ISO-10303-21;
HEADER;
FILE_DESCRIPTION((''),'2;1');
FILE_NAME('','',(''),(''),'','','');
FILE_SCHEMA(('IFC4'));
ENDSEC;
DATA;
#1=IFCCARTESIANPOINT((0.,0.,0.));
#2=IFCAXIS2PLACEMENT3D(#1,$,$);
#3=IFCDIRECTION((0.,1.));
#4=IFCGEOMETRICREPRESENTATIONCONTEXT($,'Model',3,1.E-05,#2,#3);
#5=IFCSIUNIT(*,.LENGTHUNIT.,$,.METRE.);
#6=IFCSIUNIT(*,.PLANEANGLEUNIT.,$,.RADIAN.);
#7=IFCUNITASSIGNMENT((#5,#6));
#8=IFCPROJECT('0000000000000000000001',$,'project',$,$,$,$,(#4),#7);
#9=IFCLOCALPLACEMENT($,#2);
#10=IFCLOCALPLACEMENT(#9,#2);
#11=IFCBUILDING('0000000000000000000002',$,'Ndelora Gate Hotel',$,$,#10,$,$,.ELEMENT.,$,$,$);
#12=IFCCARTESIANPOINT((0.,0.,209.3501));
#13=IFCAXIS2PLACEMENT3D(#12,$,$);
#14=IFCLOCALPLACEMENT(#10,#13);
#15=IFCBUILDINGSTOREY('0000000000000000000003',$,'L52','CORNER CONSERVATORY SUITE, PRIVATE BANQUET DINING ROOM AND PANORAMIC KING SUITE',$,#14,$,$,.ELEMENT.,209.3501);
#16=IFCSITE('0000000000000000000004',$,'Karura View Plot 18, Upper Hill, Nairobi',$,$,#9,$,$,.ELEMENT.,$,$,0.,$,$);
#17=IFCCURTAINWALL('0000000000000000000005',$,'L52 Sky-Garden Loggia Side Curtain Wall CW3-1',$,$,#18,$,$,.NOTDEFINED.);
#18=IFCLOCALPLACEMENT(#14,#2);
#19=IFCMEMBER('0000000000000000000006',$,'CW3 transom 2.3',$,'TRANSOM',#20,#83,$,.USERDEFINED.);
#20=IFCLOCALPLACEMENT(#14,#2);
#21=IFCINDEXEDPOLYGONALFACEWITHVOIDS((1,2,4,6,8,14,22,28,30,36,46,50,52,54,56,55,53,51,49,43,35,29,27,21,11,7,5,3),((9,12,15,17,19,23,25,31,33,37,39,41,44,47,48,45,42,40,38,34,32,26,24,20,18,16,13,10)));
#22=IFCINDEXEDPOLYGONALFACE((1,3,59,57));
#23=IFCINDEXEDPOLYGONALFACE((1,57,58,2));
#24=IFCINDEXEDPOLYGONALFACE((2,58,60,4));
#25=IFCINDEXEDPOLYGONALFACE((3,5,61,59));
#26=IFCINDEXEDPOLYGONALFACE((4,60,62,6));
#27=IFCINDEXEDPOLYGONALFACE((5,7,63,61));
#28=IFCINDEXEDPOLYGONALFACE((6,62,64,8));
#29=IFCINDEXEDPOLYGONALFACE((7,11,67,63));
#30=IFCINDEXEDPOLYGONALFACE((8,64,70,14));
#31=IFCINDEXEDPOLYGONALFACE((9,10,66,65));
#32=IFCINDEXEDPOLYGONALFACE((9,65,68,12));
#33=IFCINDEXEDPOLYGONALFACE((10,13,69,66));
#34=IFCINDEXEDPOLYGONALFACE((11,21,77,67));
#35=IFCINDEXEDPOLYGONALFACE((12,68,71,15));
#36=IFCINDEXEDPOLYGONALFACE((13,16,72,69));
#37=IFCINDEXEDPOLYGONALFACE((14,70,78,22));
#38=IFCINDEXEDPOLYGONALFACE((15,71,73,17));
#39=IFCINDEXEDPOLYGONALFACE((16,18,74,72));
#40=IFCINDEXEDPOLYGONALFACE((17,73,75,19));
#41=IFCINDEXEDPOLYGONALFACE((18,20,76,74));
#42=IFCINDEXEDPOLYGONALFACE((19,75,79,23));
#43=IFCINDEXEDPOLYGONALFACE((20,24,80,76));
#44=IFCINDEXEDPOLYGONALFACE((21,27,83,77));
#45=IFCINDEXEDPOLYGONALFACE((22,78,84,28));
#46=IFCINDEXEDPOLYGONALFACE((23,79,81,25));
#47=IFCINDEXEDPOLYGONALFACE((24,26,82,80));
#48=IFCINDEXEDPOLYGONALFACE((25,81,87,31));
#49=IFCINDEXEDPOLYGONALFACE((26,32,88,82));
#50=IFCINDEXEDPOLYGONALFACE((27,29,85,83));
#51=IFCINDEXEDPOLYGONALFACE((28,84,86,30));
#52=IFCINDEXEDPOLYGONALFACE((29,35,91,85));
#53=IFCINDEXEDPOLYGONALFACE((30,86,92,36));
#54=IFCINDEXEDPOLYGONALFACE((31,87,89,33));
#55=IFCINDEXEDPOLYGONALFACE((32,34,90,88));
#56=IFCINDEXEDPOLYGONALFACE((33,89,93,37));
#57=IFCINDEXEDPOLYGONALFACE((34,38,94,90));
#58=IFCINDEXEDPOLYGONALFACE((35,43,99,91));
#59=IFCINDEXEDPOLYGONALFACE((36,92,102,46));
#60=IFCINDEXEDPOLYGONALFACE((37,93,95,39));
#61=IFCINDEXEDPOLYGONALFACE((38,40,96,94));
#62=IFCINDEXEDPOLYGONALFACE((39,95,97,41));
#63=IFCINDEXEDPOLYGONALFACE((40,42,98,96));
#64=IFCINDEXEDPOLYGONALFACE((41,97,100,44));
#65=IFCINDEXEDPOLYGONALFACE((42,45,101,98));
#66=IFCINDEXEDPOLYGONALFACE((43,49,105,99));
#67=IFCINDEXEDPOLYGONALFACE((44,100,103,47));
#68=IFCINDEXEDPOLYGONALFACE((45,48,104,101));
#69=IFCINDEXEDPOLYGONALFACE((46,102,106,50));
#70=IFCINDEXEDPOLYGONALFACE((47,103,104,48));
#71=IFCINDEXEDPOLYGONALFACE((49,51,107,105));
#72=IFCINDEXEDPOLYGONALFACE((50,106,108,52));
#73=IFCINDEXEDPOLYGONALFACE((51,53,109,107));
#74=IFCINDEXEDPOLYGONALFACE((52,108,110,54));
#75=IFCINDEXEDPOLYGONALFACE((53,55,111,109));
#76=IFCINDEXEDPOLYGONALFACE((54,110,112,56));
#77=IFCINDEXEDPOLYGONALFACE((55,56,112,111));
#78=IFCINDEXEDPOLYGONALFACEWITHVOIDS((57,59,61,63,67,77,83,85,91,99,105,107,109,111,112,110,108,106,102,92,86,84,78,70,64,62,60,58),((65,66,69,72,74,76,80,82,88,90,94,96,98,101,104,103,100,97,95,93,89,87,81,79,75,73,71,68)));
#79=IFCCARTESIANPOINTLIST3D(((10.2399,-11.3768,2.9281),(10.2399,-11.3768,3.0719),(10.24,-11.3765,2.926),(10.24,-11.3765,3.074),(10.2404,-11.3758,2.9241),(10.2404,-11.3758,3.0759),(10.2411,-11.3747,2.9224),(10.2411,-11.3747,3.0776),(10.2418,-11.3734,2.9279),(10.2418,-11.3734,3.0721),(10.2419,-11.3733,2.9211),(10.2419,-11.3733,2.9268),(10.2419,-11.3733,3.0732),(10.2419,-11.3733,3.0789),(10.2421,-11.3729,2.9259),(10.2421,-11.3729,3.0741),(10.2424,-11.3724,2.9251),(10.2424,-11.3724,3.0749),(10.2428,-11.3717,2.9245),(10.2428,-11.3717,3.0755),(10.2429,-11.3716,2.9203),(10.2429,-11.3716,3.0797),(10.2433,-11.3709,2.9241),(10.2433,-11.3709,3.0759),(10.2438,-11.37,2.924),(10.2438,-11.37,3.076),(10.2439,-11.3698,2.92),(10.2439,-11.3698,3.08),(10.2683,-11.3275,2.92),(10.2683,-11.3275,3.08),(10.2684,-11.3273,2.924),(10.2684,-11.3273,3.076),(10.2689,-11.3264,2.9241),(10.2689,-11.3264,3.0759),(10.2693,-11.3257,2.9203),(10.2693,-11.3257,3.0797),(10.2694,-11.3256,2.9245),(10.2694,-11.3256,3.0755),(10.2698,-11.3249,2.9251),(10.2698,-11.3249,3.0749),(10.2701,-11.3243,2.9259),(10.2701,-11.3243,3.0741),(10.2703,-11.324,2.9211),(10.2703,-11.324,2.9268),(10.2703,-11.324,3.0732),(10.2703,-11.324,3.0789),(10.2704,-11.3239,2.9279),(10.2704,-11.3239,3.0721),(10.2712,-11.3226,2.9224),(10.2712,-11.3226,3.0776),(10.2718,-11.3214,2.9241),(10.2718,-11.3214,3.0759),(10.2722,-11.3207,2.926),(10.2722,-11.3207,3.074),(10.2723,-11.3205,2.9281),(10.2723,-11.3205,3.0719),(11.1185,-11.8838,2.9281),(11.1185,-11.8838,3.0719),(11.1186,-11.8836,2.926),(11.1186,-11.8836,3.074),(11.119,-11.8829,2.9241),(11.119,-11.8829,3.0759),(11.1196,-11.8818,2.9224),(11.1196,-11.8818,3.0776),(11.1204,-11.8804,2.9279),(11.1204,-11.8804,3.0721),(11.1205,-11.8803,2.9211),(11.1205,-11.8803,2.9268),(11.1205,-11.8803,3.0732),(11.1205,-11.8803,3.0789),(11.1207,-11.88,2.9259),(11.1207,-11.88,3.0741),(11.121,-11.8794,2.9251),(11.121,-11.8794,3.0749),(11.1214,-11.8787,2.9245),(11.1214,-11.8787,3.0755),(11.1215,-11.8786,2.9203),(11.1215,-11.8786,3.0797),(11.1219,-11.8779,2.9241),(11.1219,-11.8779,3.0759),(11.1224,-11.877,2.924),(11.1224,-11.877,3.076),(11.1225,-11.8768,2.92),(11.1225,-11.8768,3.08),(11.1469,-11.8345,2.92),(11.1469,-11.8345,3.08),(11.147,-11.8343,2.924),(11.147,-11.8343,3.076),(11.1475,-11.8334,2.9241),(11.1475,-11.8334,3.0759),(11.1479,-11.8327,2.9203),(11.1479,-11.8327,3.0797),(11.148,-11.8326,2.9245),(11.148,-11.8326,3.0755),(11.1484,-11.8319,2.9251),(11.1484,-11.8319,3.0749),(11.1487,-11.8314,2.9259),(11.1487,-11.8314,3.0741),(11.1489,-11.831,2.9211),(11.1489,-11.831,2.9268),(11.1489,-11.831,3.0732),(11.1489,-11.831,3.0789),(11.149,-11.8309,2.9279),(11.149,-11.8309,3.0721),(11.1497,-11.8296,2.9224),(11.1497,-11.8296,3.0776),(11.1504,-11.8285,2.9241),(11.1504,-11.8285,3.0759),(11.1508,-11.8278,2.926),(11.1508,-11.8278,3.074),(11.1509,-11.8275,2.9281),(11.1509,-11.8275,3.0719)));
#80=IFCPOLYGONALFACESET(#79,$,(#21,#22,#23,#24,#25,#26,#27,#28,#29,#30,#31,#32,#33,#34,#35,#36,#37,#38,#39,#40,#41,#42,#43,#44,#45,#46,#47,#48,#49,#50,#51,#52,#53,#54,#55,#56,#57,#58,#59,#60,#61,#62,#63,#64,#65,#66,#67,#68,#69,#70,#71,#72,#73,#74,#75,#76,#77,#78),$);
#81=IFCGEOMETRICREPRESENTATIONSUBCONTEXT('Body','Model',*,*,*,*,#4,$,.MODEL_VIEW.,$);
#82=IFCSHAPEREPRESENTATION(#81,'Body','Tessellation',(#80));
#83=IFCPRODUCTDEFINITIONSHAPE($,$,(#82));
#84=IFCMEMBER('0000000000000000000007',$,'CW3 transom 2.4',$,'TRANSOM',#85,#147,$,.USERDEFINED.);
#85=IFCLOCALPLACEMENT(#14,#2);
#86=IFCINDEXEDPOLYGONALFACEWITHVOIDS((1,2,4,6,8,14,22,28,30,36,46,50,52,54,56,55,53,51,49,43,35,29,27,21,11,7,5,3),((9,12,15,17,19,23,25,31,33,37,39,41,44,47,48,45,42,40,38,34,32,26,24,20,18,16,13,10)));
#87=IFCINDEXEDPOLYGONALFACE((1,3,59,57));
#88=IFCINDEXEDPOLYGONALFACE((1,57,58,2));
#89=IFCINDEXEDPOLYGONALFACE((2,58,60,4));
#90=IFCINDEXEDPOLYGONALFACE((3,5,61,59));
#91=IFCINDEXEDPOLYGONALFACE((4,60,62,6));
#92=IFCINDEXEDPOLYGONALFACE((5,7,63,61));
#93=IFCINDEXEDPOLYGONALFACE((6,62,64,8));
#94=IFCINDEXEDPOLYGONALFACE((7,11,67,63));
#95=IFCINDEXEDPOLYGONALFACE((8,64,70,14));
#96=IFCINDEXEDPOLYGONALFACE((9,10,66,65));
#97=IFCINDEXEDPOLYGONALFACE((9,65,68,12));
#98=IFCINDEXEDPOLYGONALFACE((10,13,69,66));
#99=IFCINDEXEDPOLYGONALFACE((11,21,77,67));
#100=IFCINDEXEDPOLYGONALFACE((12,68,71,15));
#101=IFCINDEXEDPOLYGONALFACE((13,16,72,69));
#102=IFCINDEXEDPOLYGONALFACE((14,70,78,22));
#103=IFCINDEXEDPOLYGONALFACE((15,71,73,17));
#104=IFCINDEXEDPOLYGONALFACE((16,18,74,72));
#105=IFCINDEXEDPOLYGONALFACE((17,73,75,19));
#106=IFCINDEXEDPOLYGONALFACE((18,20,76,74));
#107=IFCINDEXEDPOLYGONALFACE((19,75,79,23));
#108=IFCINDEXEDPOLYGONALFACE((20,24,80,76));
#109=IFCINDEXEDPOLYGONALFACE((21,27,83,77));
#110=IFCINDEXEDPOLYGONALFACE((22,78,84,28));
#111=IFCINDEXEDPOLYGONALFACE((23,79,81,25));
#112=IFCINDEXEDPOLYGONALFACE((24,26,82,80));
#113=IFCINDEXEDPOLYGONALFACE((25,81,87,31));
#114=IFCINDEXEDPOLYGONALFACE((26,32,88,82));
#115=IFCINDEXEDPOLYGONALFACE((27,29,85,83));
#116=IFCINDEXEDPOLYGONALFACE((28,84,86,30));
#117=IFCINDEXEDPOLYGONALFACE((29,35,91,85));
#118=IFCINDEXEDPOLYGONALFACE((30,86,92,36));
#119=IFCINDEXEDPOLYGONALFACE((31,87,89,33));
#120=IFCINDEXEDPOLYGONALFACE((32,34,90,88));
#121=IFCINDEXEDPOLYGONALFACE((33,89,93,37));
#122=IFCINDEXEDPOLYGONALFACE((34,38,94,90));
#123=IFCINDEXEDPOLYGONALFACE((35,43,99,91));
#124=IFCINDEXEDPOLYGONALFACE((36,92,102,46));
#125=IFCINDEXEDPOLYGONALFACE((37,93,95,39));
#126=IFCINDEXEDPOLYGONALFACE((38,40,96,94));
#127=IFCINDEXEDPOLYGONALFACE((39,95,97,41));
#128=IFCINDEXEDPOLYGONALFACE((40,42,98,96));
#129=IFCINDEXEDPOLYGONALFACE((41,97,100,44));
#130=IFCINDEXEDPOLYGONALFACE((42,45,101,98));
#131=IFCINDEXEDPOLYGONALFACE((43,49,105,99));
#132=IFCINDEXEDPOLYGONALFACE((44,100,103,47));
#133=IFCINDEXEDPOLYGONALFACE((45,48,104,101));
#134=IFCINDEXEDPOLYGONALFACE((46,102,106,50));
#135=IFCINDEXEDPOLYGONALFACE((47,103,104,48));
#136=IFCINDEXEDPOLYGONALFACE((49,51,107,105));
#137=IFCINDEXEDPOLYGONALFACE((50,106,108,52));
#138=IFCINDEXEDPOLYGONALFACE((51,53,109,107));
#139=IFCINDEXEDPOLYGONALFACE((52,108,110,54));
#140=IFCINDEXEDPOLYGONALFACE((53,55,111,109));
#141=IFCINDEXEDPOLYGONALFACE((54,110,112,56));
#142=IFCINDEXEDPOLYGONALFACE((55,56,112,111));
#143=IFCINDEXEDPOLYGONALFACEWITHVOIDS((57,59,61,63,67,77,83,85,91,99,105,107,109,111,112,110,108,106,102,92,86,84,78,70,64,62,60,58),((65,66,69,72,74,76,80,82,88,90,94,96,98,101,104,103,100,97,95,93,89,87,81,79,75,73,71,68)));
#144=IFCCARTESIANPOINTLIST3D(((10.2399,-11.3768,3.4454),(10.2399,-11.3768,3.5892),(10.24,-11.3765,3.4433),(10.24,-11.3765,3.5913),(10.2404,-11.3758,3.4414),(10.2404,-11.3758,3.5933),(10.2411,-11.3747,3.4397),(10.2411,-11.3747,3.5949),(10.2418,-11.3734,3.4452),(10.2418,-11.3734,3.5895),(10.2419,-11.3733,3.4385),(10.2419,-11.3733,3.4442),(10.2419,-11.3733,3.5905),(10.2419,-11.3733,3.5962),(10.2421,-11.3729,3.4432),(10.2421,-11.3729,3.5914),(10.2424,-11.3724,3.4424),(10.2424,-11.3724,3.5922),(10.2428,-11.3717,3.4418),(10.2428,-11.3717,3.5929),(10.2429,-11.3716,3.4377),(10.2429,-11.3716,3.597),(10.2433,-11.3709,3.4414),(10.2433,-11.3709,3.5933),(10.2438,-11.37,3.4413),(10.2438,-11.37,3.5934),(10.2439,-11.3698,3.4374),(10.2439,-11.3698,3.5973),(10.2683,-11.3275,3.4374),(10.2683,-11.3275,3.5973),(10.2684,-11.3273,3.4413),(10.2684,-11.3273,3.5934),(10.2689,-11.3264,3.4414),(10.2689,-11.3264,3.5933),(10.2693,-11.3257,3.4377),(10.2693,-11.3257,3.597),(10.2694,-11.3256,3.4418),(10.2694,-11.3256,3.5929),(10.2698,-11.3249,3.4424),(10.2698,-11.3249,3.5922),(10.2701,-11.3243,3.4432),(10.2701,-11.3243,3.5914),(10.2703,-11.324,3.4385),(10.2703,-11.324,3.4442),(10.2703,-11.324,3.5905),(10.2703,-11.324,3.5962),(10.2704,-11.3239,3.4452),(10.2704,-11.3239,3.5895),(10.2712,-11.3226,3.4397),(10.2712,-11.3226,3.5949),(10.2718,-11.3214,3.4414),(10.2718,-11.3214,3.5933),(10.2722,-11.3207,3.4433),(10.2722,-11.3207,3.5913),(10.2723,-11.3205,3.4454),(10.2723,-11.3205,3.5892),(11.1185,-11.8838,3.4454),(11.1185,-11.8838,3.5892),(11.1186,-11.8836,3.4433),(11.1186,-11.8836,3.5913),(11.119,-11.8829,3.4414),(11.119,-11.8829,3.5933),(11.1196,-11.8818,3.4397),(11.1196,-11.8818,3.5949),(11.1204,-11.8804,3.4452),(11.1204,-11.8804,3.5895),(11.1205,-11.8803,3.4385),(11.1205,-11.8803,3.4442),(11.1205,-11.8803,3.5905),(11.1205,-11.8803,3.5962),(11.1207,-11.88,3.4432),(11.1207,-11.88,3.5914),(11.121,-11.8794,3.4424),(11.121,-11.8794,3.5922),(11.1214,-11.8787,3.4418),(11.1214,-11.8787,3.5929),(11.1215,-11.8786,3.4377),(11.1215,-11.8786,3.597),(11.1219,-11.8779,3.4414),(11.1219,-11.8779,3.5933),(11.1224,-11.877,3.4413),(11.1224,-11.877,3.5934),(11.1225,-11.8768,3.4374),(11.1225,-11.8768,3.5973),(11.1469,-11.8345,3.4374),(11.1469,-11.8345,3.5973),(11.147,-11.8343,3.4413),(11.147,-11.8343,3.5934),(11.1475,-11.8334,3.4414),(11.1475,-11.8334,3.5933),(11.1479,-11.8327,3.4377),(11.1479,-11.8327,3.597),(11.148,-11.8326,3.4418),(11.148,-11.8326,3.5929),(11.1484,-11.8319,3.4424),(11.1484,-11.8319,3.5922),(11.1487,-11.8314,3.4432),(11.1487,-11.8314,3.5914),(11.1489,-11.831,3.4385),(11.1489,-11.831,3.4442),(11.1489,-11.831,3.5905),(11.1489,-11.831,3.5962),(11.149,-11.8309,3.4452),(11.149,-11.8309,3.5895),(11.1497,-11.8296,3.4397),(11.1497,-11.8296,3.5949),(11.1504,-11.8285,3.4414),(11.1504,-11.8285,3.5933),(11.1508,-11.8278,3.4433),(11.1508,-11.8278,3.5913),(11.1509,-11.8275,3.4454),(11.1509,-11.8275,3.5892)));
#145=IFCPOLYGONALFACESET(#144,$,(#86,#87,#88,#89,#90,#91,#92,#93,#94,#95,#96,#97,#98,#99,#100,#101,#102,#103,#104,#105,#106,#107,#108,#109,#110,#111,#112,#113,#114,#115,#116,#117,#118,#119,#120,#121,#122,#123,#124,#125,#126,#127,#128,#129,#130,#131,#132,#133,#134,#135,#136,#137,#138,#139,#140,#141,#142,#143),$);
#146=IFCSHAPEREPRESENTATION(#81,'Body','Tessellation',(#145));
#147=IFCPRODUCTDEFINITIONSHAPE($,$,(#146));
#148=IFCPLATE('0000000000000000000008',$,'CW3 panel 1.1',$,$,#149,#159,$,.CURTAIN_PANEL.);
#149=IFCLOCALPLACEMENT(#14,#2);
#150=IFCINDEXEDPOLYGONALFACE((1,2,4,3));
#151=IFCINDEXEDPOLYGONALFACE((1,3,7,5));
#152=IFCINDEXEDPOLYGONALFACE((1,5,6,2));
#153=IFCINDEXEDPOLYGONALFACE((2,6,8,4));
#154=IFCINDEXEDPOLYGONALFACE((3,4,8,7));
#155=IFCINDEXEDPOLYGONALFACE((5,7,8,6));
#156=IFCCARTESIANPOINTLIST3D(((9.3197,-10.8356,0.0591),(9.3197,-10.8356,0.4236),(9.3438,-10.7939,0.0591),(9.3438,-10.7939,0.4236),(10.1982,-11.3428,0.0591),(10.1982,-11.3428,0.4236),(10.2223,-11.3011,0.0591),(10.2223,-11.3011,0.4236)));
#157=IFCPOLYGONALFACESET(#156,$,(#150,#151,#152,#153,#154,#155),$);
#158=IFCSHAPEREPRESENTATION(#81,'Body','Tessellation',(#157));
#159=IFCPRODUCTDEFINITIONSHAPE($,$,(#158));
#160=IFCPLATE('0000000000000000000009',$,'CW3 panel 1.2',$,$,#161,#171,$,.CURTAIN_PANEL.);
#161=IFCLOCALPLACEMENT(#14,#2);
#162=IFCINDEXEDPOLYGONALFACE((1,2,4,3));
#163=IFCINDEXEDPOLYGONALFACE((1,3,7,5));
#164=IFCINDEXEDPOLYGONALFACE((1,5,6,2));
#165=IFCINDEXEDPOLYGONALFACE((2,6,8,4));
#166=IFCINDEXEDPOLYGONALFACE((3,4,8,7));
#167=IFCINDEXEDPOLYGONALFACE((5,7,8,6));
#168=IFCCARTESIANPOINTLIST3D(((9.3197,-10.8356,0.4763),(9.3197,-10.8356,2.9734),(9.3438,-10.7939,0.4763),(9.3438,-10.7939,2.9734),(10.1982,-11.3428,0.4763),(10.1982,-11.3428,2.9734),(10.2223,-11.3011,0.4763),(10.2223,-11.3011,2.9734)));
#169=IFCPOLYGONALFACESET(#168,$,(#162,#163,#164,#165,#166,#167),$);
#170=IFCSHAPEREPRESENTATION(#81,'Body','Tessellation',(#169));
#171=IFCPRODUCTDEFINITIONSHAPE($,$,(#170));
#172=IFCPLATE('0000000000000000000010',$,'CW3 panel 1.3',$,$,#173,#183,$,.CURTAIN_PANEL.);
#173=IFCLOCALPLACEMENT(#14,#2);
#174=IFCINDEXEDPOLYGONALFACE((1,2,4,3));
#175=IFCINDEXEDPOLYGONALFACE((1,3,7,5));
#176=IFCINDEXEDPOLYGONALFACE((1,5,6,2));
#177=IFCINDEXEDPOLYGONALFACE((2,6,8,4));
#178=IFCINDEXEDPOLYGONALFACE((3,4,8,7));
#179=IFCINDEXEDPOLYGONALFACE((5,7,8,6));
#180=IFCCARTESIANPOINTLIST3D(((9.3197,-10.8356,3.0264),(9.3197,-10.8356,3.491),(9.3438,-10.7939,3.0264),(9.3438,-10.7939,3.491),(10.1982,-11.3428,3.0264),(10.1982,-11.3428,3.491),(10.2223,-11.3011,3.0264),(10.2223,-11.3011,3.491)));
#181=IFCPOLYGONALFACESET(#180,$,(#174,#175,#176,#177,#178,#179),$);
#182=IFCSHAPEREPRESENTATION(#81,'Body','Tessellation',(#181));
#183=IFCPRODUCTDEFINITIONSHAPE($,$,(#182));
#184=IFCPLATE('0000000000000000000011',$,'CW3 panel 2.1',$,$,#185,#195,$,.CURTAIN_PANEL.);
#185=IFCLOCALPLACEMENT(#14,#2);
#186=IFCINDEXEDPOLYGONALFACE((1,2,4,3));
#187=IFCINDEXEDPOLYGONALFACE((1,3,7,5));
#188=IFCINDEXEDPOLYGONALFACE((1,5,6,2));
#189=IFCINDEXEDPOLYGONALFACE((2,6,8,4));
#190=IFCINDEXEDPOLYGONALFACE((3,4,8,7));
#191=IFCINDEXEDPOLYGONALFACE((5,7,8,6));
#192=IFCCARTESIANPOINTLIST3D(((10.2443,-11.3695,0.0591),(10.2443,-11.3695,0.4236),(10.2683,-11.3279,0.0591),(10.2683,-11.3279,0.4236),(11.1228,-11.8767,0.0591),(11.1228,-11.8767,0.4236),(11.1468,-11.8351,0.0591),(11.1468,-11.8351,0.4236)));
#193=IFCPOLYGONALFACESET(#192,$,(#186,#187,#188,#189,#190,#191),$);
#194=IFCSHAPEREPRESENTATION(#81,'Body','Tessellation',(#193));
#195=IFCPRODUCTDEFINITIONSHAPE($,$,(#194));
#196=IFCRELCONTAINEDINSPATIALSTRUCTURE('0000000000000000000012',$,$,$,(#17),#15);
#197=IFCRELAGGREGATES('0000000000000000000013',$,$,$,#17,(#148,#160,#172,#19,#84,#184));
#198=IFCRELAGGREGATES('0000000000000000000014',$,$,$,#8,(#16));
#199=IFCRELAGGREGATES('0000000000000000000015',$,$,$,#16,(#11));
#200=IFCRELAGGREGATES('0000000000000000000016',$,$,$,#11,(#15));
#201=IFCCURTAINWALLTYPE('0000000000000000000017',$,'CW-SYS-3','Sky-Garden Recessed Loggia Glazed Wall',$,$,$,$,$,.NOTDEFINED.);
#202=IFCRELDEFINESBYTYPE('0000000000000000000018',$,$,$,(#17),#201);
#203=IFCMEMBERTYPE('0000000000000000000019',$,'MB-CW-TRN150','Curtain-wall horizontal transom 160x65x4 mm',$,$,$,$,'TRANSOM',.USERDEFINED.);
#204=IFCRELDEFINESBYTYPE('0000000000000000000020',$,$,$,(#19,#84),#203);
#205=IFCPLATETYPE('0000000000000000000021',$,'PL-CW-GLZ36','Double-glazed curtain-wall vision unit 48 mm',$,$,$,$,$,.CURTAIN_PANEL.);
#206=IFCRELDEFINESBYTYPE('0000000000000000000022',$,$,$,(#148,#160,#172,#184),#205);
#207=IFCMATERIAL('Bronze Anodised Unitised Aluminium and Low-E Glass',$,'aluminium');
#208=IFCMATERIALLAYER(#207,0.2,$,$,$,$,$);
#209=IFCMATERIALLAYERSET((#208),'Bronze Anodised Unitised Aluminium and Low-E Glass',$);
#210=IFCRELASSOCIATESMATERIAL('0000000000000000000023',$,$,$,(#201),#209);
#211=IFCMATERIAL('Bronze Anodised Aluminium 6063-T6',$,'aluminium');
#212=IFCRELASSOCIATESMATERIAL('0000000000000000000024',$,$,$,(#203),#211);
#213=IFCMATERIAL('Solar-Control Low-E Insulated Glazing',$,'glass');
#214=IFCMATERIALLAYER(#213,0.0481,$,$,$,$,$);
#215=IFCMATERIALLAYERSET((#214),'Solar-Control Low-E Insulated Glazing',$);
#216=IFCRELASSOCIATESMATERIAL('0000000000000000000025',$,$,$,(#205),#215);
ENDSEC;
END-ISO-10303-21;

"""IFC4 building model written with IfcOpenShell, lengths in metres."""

from ifc_helpers import new_model, si_unit, direction, frame, origin, origin_2d, place, context, subcontext, project, spatial, rectangle, hollow_rectangle, extrude, material, layer, layer_set, material_profile, profile_set, type_object, element, aggregate, save


model = new_model("IFC4")

# Units and contexts
model_context = context("Model", 3, precision=1e-05, world=origin(), true_north=direction((0.0, 1.0)))
body_context = subcontext(model_context, "Body", "Model", "MODEL_VIEW")
ifc_project = project(units=[si_unit("LENGTHUNIT", "METRE"), si_unit("PLANEANGLEUNIT", "RADIAN")], contexts=[model_context])

# Site, building, storey
site_placement = place(None, origin())
site = spatial("IfcSite", under=ifc_project, at=site_placement, Name="Karura View Plot 18, Upper Hill, Nairobi", CompositionType="ELEMENT", RefElevation=0.0)
building_placement = place(site_placement, origin())
building = spatial("IfcBuilding", under=site, at=building_placement, Name="Ndelora Gate Hotel", CompositionType="ELEMENT")
storey_placement = place(building_placement, frame((0.0, 0.0, 209.3501)))
storey = spatial("IfcBuildingStorey", under=building, at=storey_placement, Name="L52", Description="CORNER CONSERVATORY SUITE, PRIVATE BANQUET DINING ROOM AND PANORAMIC KING SUITE", CompositionType="ELEMENT", Elevation=209.3501)

# Curtain wall, members, plates
ifc_material_1 = material(Name="Bronze Anodised Unitised Aluminium and Low-E Glass", Category="aluminium")
ifc_layer_1 = layer(ifc_material_1, 0.2)
ifc_layer_set_1 = layer_set([ifc_layer_1], Name="Bronze Anodised Unitised Aluminium and Low-E Glass")
curtain_wall_type = type_object("IfcCurtainWallType", Name="CW-SYS-3", Description="Sky-Garden Recessed Loggia Glazed Wall", PredefinedType="NOTDEFINED", material=ifc_layer_set_1)
curtain_wall_placement = place(storey_placement, origin())
curtain_wall = element("IfcCurtainWall", 1, at=curtain_wall_placement, inside=storey, type_object=curtain_wall_type, Name="L52 Sky-Garden Loggia Side Curtain Wall CW3-1", PredefinedType="NOTDEFINED")
ifc_material_2 = material(Name="Bronze Anodised Aluminium 6063-T6", Category="aluminium")
ifc_material_profile_1 = material_profile(ifc_material_2, hollow_rectangle(XDim=0.0649, YDim=0.1599, WallThickness=0.0039, InnerFilletRadius=0.0039, OuterFilletRadius=0.0081, at=origin_2d()), Name="ALU 160x65x4")
ifc_profile_set_1 = profile_set([ifc_material_profile_1], Name="Bronze Anodised Aluminium 6063-T6")
member_type_1 = type_object("IfcMemberType", Name="MB-CW-TRN150", Description="Curtain-wall horizontal transom 160x65x4 mm", ElementType="TRANSOM", PredefinedType="USERDEFINED", material=ifc_profile_set_1)
member_1_placement = place(storey_placement, frame((10.2561, -11.3486, 3.0), z_axis=(0.866117, -0.499841, 0.0), x_axis=(0.499841, 0.866117, 0.0)))
member_1 = element("IfcMember", 2, at=member_1_placement, type_object=member_type_1, Name="CW3 transom 2.3", ObjectType="TRANSOM", PredefinedType="USERDEFINED", context=body_context, shape_type="SweptSolid", body=[
    extrude(hollow_rectangle(XDim=0.0649, YDim=0.1599, WallThickness=0.0039, InnerFilletRadius=0.0039, OuterFilletRadius=0.0081, at=origin_2d()), origin(), (0.0, 0.0, 1.0), 1.0144),
])
member_2_placement = place(storey_placement, frame((10.2561, -11.3486, 3.5173), z_axis=(0.866117, -0.499841, 0.0), x_axis=(0.499841, 0.866117, 0.0)))
member_2 = element("IfcMember", 3, at=member_2_placement, type_object=member_type_1, Name="CW3 transom 2.4", ObjectType="TRANSOM", PredefinedType="USERDEFINED", context=body_context, shape_type="SweptSolid", body=[
    extrude(hollow_rectangle(XDim=0.0649, YDim=0.1599, WallThickness=0.0039, InnerFilletRadius=0.0039, OuterFilletRadius=0.0081, at=origin_2d()), origin(), (0.0, 0.0, 1.0), 1.0144),
])
ifc_material_3 = material(Name="Solar-Control Low-E Insulated Glazing", Category="glass")
ifc_layer_2 = layer(ifc_material_3, 0.0481)
ifc_layer_set_2 = layer_set([ifc_layer_2], Name="Solar-Control Low-E Insulated Glazing")
plate_type = type_object("IfcPlateType", Name="PL-CW-GLZ36", Description="Double-glazed curtain-wall vision unit 48 mm", PredefinedType="CURTAIN_PANEL", material=ifc_layer_set_2)
plate_1_placement = place(storey_placement, frame((9.771, -11.0684, 0.0591), z_axis=(0.0, 0.0, 1.0), x_axis=(0.86603, -0.499991, 0.0)))
plate_1 = element("IfcPlate", 4, at=plate_1_placement, type_object=plate_type, Name="CW3 panel 1.1", PredefinedType="CURTAIN_PANEL", context=body_context, shape_type="SweptSolid", body=[
    extrude(rectangle(XDim=1.0144, YDim=0.0481, at=origin_2d()), origin(), (0.0, 0.0, 1.0), 0.3645),
])
plate_2_placement = place(storey_placement, frame((9.771, -11.0684, 0.4763), z_axis=(0.0, 0.0, 1.0), x_axis=(0.86603, -0.499991, 0.0)))
plate_2 = element("IfcPlate", 5, at=plate_2_placement, type_object=plate_type, Name="CW3 panel 1.2", PredefinedType="CURTAIN_PANEL", context=body_context, shape_type="SweptSolid", body=[
    extrude(rectangle(XDim=1.0144, YDim=0.0481, at=origin_2d()), origin(), (0.0, 0.0, 1.0), 2.4971),
])
plate_3_placement = place(storey_placement, frame((9.771, -11.0684, 3.0264), z_axis=(0.0, 0.0, 1.0), x_axis=(0.86603, -0.499991, 0.0)))
plate_3 = element("IfcPlate", 6, at=plate_3_placement, type_object=plate_type, Name="CW3 panel 1.3", PredefinedType="CURTAIN_PANEL", context=body_context, shape_type="SweptSolid", body=[
    extrude(rectangle(XDim=1.0144, YDim=0.0481, at=origin_2d()), origin(), (0.0, 0.0, 1.0), 0.4646),
])
plate_4_placement = place(storey_placement, frame((10.6956, -11.6023, 0.0591), z_axis=(0.0, 0.0, 1.0), x_axis=(0.86603, -0.499991, 0.0)))
plate_4 = element("IfcPlate", 7, at=plate_4_placement, type_object=plate_type, Name="CW3 panel 2.1", PredefinedType="CURTAIN_PANEL", context=body_context, shape_type="SweptSolid", body=[
    extrude(rectangle(XDim=1.0144, YDim=0.0481, at=origin_2d()), origin(), (0.0, 0.0, 1.0), 0.3645),
])
aggregate(curtain_wall, [plate_1, plate_2, plate_3, member_1, member_2, plate_4])

save(model, "model.ifc")
